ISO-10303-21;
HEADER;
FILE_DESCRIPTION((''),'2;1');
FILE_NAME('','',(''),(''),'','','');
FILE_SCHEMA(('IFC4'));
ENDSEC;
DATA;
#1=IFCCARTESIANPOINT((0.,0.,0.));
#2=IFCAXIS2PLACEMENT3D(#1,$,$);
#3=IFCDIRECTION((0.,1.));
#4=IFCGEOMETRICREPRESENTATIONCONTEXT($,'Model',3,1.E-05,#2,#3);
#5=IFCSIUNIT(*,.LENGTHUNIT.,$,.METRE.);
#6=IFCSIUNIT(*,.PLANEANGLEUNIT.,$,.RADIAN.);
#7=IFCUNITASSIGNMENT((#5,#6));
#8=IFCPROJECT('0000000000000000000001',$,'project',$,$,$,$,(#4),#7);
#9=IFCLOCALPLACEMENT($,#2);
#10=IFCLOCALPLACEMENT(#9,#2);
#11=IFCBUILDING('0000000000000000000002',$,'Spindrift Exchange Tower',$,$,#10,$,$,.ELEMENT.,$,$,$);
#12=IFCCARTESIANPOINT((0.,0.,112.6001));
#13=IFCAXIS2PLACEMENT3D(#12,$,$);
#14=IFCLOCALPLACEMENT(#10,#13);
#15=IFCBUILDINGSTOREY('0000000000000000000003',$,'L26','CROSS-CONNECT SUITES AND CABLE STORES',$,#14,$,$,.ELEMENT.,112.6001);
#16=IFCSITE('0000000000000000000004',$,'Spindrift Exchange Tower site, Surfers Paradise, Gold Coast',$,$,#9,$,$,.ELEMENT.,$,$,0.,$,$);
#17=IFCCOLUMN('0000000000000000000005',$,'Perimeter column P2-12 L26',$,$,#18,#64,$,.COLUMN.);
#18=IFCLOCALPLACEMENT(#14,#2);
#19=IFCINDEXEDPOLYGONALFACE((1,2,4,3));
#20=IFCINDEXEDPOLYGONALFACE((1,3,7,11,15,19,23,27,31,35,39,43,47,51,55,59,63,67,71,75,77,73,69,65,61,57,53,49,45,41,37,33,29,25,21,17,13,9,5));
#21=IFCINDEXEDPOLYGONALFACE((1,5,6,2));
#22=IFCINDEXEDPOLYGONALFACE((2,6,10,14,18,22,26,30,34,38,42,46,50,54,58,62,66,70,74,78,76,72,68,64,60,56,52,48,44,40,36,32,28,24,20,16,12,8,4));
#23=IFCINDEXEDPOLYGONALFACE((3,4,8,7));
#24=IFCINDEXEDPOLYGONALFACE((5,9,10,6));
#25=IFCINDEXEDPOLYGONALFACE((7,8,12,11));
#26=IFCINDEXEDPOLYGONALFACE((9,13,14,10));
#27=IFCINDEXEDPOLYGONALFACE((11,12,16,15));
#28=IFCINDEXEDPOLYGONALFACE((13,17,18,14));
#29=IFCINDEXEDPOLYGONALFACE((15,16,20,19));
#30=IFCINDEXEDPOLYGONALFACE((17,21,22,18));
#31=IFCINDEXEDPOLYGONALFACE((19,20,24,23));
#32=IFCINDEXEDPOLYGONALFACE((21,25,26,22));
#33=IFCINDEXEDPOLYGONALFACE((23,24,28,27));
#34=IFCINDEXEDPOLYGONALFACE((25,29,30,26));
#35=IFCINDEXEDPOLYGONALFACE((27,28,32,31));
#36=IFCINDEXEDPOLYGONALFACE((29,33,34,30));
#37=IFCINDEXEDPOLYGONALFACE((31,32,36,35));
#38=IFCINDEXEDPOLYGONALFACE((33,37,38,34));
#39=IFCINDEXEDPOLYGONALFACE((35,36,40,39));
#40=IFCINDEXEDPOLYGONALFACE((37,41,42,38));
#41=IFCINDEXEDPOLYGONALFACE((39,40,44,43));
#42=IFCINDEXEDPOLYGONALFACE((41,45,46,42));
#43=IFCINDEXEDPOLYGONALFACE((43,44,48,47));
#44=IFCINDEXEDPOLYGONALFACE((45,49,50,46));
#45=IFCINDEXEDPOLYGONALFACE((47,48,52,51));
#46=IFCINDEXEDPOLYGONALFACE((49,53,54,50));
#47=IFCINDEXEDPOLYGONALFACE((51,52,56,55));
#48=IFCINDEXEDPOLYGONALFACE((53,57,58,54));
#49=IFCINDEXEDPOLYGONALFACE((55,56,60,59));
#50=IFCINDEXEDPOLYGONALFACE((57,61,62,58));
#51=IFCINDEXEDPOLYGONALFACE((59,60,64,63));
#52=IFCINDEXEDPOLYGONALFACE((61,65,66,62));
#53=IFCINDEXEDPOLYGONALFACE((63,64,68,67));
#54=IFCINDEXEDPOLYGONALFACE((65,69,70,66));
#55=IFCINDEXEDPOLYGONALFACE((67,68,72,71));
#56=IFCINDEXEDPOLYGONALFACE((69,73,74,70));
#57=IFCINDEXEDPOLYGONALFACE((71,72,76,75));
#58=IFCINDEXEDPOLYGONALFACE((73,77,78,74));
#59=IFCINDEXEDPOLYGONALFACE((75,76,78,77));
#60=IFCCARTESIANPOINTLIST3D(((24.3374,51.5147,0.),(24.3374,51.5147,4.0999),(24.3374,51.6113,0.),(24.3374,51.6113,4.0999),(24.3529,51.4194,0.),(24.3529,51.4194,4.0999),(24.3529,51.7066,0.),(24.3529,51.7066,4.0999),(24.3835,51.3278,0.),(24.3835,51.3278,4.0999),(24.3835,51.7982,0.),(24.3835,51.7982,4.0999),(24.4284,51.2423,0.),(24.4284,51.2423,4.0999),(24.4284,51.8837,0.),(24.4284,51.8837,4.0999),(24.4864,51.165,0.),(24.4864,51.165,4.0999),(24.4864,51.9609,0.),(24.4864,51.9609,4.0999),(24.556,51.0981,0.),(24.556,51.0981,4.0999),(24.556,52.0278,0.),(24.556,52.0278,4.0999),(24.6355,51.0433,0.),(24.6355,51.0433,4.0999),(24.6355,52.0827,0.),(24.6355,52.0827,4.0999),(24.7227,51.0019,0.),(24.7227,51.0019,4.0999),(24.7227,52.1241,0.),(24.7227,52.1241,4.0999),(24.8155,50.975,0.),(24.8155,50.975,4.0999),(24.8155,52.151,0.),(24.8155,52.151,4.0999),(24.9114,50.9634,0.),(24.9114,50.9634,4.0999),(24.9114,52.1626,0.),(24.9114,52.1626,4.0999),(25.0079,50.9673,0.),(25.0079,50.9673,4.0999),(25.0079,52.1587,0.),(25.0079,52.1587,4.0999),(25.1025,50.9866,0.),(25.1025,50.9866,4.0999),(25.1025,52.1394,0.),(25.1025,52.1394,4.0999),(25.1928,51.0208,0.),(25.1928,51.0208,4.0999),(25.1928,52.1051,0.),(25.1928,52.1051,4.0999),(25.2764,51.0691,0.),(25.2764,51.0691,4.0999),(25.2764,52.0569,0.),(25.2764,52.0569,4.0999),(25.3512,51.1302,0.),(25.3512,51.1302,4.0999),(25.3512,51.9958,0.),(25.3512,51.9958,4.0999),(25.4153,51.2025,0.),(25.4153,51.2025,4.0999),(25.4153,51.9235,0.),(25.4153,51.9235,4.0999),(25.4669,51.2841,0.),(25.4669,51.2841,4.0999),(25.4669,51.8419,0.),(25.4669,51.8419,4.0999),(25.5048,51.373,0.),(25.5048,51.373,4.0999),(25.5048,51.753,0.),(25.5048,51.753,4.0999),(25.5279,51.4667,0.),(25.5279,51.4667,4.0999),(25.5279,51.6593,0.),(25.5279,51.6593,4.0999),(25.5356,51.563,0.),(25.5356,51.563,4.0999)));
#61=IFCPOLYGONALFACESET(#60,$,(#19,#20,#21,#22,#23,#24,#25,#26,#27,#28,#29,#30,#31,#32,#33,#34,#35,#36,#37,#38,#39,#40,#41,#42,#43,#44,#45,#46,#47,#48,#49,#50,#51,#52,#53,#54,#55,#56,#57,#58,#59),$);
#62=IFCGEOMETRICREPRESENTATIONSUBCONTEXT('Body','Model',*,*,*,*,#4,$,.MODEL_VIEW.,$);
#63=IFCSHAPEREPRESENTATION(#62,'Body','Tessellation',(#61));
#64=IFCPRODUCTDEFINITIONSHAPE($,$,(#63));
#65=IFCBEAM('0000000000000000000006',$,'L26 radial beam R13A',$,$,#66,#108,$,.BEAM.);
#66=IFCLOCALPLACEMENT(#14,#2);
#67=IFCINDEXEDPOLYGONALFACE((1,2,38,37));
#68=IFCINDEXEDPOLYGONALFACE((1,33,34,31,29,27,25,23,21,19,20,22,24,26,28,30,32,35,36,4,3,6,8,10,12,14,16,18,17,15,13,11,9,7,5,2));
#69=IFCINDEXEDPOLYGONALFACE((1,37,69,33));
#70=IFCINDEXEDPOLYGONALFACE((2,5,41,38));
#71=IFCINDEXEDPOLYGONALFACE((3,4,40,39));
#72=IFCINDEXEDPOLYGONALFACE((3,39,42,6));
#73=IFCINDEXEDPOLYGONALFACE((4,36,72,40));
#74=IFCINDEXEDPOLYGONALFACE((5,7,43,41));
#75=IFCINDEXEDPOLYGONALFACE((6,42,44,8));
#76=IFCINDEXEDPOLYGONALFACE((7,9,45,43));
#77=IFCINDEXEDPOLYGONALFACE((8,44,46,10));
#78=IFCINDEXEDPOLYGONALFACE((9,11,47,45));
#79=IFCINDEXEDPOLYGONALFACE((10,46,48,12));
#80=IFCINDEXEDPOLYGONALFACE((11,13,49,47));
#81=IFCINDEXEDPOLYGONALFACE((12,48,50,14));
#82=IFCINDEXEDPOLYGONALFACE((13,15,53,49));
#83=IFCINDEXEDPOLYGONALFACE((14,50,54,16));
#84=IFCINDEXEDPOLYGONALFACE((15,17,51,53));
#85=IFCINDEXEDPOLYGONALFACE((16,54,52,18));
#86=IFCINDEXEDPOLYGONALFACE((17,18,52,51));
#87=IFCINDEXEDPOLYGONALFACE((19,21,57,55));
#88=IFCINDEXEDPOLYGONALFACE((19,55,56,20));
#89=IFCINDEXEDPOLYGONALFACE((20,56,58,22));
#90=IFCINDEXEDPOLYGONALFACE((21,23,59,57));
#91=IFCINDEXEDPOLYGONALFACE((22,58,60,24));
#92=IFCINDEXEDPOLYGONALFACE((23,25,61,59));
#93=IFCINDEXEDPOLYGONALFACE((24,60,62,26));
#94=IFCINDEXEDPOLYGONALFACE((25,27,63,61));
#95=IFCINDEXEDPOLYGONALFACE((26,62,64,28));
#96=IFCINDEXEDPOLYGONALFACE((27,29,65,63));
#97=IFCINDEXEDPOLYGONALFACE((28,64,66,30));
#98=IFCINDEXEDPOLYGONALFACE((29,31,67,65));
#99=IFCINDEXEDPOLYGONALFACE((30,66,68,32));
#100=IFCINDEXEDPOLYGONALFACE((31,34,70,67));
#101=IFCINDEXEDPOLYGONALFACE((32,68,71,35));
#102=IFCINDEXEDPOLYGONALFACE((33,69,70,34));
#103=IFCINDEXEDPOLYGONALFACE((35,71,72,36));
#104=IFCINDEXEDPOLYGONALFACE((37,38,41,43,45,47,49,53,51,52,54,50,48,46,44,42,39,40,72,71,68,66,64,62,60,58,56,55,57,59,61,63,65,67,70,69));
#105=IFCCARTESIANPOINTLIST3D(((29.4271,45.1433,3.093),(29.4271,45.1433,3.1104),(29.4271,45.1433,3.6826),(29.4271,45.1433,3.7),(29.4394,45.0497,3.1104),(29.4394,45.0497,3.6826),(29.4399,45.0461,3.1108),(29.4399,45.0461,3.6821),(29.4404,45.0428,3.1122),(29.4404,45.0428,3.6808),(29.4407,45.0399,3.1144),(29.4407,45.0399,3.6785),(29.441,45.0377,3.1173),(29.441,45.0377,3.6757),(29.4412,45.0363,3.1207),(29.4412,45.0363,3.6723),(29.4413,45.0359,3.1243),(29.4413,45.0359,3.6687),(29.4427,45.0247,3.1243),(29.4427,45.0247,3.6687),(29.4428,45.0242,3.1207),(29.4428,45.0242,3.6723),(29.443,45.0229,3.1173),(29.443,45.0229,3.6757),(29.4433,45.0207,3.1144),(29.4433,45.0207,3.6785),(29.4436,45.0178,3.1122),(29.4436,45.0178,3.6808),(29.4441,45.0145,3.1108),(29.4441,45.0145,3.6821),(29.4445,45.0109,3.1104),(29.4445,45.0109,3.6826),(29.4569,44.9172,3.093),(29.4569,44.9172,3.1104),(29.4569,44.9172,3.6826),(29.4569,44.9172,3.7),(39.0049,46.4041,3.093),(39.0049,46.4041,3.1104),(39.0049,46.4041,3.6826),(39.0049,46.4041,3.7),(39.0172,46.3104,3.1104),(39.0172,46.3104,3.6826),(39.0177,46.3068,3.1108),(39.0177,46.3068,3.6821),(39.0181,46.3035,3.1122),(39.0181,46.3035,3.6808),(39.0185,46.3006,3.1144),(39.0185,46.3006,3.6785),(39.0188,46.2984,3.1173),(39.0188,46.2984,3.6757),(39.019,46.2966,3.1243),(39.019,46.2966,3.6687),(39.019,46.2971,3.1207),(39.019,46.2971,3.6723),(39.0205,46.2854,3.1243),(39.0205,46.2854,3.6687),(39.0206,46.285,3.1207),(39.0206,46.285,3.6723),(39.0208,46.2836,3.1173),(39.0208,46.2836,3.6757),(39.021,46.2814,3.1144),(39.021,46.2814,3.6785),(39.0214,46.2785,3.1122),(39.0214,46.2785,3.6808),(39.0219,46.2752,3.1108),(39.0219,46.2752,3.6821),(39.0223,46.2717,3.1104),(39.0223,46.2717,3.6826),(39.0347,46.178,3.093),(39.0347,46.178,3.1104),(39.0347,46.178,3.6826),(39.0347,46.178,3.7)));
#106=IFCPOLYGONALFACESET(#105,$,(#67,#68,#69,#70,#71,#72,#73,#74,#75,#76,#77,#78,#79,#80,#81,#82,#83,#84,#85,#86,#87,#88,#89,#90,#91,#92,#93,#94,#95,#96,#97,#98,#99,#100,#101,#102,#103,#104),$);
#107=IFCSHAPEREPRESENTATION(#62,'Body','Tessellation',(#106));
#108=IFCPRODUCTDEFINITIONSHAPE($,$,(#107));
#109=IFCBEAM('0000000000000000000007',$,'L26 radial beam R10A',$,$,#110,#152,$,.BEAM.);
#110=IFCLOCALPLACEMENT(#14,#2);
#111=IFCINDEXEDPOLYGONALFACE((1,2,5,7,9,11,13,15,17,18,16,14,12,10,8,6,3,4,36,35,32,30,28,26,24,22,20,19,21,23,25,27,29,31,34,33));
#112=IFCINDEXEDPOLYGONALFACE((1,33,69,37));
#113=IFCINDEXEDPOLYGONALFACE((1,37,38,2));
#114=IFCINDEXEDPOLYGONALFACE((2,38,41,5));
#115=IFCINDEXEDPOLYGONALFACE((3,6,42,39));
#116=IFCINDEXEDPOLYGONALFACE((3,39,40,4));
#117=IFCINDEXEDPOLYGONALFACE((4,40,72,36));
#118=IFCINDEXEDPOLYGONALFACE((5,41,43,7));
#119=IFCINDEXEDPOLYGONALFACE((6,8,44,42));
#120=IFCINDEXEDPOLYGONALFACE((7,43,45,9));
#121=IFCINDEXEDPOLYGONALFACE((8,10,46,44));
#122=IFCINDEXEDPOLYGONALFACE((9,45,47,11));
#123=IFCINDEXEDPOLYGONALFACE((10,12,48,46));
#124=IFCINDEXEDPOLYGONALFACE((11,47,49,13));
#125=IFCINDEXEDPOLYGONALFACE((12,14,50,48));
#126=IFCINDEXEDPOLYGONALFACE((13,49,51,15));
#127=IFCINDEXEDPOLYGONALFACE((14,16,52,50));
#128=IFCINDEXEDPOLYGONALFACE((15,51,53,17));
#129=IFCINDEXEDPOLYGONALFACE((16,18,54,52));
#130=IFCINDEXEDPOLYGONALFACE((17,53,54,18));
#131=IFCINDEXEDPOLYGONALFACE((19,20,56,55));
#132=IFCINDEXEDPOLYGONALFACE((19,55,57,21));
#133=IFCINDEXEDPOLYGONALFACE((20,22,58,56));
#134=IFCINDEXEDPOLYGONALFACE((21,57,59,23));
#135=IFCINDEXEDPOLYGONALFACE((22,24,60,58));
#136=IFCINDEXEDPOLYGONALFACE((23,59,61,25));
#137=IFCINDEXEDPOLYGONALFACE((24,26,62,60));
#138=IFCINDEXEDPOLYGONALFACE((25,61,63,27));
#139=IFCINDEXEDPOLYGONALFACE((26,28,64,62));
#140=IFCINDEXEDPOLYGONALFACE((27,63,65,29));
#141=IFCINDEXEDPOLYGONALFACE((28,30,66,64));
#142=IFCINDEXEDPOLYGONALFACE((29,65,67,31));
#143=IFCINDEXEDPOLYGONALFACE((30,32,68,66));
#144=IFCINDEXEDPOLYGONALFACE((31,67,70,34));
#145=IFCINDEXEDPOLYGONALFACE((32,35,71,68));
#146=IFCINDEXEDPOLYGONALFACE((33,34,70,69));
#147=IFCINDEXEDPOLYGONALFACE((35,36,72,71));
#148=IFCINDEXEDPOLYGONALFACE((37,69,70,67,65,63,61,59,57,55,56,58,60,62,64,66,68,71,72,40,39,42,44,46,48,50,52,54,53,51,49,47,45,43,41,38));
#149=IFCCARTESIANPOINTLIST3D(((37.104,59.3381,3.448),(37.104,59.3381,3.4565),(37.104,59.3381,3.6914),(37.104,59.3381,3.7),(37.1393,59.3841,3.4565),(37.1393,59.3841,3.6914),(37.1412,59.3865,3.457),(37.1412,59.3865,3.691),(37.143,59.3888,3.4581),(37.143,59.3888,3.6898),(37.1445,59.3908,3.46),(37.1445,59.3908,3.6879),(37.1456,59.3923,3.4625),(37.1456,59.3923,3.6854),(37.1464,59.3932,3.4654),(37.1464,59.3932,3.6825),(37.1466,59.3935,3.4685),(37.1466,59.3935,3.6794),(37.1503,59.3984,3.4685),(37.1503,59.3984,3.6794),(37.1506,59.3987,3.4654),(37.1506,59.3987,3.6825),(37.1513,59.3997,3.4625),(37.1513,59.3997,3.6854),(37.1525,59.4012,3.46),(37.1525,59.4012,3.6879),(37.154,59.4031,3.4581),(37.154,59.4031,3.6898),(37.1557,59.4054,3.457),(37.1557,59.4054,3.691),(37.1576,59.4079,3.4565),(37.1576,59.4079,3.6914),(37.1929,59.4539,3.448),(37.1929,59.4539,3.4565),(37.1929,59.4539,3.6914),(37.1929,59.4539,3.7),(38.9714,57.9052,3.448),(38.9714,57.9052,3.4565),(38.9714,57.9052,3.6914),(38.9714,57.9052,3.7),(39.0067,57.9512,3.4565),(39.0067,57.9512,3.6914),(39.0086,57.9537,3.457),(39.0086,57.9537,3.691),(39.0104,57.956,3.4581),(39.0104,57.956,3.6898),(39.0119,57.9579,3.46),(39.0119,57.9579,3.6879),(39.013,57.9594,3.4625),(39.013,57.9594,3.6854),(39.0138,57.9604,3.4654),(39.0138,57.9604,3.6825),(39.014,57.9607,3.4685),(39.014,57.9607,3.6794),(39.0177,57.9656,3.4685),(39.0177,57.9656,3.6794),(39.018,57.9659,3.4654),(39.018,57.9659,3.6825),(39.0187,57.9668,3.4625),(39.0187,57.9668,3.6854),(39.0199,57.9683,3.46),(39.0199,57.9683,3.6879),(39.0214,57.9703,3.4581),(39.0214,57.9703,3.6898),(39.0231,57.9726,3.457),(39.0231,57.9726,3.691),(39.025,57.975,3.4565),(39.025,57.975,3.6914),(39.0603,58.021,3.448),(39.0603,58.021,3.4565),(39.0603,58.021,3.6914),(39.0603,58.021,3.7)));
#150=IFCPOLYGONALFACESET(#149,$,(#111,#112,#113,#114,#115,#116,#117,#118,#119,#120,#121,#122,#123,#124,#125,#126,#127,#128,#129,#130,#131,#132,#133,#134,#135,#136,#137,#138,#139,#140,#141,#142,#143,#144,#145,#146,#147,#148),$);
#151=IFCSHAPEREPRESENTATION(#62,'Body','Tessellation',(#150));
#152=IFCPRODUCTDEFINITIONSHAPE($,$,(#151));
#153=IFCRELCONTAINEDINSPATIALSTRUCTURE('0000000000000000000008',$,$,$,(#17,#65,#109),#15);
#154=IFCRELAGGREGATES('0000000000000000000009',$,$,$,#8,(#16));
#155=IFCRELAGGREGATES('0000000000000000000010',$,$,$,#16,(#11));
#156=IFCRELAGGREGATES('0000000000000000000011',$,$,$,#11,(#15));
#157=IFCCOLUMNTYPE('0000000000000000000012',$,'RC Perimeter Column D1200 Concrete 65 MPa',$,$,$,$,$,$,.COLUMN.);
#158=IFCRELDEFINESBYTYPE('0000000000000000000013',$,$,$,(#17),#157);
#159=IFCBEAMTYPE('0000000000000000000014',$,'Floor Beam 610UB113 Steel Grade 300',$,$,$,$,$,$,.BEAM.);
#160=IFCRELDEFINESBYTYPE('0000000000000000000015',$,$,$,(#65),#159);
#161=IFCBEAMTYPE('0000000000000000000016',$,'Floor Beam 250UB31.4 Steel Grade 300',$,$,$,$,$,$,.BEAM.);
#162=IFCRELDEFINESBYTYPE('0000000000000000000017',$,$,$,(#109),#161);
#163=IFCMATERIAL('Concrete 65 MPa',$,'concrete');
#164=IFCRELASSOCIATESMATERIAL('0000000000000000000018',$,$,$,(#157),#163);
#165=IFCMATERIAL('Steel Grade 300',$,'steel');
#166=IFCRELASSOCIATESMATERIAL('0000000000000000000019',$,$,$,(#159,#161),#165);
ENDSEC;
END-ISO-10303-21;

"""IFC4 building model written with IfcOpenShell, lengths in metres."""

from ifc_helpers import new_model, si_unit, direction, frame, origin, origin_2d, place, context, subcontext, project, spatial, circle, i_section, extrude, source, transform, mapped, material, material_profile, profile_set, type_object, element, save


model = new_model("IFC4")

# Units and contexts
model_context = context("Model", 3, precision=1e-05, world=origin(), true_north=direction((0.0, 1.0)))
body_context = subcontext(model_context, "Body", "Model", "MODEL_VIEW")
ifc_project = project(units=[si_unit("LENGTHUNIT", "METRE"), si_unit("PLANEANGLEUNIT", "RADIAN")], contexts=[model_context])

# Site, building, storey
site_placement = place(None, origin())
site = spatial("IfcSite", under=ifc_project, at=site_placement, Name="Spindrift Exchange Tower site, Surfers Paradise, Gold Coast", CompositionType="ELEMENT", RefElevation=0.0)
building_placement = place(site_placement, origin())
building = spatial("IfcBuilding", under=site, at=building_placement, Name="Spindrift Exchange Tower", CompositionType="ELEMENT")
storey_placement = place(building_placement, frame((0.0, 0.0, 112.6001)))
storey = spatial("IfcBuildingStorey", under=building, at=storey_placement, Name="L26", Description="CROSS-CONNECT SUITES AND CABLE STORES", CompositionType="ELEMENT", Elevation=112.6001)

# Column
ifc_material_1 = material(Name="Concrete 65 MPa", Category="concrete")
ifc_material_profile_1 = material_profile(ifc_material_1, circle(Radius=0.6001, at=origin_2d()), Name="RC D1200")
ifc_profile_set_1 = profile_set([ifc_material_profile_1], Name="Concrete 65 MPa")
column_type_1 = type_object("IfcColumnType", Name="RC Perimeter Column D1200 Concrete 65 MPa", PredefinedType="COLUMN", material=ifc_profile_set_1)
shared_shape_1 = source(origin(), body_context, "Body", "SweptSolid", [
    extrude(circle(Radius=0.6001, at=origin_2d()), origin(), (0.0, 0.0, 1.0), 4.0999),
])
for number, where, z_axis, x_axis, name in (
    (1, (24.9355, 51.563, 0.0), (0.0, 0.0, 1.0), (1.0, 0.0, 0.0), "Perimeter column P2-12 L26"),
):
    element("IfcColumn", number, at=place(storey_placement, frame(where, z_axis=z_axis, x_axis=x_axis)), inside=storey, type_object=column_type_1, Name=name, PredefinedType="COLUMN", context=body_context, shape_type="MappedRepresentation", body=[
        mapped(shared_shape_1, transform((0.0, 0.0, 0.0), scale=1.0)),
    ])

# Beams
ifc_material_2 = material(Name="Steel Grade 300", Category="steel")
ifc_material_profile_2 = material_profile(ifc_material_2, i_section(OverallWidth=0.228, OverallDepth=0.6069, WebThickness=0.0112, FlangeThickness=0.0173, FilletRadius=0.0139, at=origin_2d()), Name="610UB113")
ifc_profile_set_2 = profile_set([ifc_material_profile_2], Name="Steel Grade 300")
beam_type_1 = type_object("IfcBeamType", Name="Floor Beam 610UB113 Steel Grade 300", PredefinedType="BEAM", material=ifc_profile_set_2)
shared_shape_2 = source(origin(), body_context, "Body", "SweptSolid", [
    extrude(i_section(OverallWidth=0.228, OverallDepth=0.6069, WebThickness=0.0112, FlangeThickness=0.0173, FilletRadius=0.0139, at=origin_2d()), origin(), (0.0, 0.0, 1.0), 9.6604),
])
beam_1_placement = place(storey_placement, frame((39.0198, 46.291, 3.3965), z_axis=(-0.991448, -0.130505, 0.0), x_axis=(0.130505, -0.991448, 0.0)))
element("IfcBeam", 2, at=beam_1_placement, inside=storey, type_object=beam_type_1, Name="L26 radial beam R13A", PredefinedType="BEAM", context=body_context, shape_type="MappedRepresentation", body=[
    mapped(shared_shape_2, transform((0.0, 0.0, 0.0), scale=1.0)),
])
ifc_material_profile_3 = material_profile(ifc_material_2, i_section(OverallWidth=0.146, OverallDepth=0.252, WebThickness=0.0061, FlangeThickness=0.0085, FilletRadius=0.012, at=origin_2d()), Name="250UB31.4")
ifc_profile_set_3 = profile_set([ifc_material_profile_3], Name="Steel Grade 300")
beam_type_2 = type_object("IfcBeamType", Name="Floor Beam 250UB31.4 Steel Grade 300", PredefinedType="BEAM", material=ifc_profile_set_3)
shared_shape_3 = source(origin(), body_context, "Body", "SweptSolid", [
    extrude(i_section(OverallWidth=0.146, OverallDepth=0.252, WebThickness=0.0061, FlangeThickness=0.0085, FilletRadius=0.012, at=origin_2d()), origin(), (0.0, 0.0, 1.0), 2.3538),
])
beam_2_placement = place(storey_placement, frame((39.0159, 57.9631, 3.574), z_axis=(-0.793368, 0.608743, 0.0), x_axis=(-0.608743, -0.793368, 0.0)))
element("IfcBeam", 3, at=beam_2_placement, inside=storey, type_object=beam_type_2, Name="L26 radial beam R10A", PredefinedType="BEAM", context=body_context, shape_type="MappedRepresentation", body=[
    mapped(shared_shape_3, transform((0.0, 0.0, 0.0), scale=1.0)),
])

save(model, "model.ifc")
